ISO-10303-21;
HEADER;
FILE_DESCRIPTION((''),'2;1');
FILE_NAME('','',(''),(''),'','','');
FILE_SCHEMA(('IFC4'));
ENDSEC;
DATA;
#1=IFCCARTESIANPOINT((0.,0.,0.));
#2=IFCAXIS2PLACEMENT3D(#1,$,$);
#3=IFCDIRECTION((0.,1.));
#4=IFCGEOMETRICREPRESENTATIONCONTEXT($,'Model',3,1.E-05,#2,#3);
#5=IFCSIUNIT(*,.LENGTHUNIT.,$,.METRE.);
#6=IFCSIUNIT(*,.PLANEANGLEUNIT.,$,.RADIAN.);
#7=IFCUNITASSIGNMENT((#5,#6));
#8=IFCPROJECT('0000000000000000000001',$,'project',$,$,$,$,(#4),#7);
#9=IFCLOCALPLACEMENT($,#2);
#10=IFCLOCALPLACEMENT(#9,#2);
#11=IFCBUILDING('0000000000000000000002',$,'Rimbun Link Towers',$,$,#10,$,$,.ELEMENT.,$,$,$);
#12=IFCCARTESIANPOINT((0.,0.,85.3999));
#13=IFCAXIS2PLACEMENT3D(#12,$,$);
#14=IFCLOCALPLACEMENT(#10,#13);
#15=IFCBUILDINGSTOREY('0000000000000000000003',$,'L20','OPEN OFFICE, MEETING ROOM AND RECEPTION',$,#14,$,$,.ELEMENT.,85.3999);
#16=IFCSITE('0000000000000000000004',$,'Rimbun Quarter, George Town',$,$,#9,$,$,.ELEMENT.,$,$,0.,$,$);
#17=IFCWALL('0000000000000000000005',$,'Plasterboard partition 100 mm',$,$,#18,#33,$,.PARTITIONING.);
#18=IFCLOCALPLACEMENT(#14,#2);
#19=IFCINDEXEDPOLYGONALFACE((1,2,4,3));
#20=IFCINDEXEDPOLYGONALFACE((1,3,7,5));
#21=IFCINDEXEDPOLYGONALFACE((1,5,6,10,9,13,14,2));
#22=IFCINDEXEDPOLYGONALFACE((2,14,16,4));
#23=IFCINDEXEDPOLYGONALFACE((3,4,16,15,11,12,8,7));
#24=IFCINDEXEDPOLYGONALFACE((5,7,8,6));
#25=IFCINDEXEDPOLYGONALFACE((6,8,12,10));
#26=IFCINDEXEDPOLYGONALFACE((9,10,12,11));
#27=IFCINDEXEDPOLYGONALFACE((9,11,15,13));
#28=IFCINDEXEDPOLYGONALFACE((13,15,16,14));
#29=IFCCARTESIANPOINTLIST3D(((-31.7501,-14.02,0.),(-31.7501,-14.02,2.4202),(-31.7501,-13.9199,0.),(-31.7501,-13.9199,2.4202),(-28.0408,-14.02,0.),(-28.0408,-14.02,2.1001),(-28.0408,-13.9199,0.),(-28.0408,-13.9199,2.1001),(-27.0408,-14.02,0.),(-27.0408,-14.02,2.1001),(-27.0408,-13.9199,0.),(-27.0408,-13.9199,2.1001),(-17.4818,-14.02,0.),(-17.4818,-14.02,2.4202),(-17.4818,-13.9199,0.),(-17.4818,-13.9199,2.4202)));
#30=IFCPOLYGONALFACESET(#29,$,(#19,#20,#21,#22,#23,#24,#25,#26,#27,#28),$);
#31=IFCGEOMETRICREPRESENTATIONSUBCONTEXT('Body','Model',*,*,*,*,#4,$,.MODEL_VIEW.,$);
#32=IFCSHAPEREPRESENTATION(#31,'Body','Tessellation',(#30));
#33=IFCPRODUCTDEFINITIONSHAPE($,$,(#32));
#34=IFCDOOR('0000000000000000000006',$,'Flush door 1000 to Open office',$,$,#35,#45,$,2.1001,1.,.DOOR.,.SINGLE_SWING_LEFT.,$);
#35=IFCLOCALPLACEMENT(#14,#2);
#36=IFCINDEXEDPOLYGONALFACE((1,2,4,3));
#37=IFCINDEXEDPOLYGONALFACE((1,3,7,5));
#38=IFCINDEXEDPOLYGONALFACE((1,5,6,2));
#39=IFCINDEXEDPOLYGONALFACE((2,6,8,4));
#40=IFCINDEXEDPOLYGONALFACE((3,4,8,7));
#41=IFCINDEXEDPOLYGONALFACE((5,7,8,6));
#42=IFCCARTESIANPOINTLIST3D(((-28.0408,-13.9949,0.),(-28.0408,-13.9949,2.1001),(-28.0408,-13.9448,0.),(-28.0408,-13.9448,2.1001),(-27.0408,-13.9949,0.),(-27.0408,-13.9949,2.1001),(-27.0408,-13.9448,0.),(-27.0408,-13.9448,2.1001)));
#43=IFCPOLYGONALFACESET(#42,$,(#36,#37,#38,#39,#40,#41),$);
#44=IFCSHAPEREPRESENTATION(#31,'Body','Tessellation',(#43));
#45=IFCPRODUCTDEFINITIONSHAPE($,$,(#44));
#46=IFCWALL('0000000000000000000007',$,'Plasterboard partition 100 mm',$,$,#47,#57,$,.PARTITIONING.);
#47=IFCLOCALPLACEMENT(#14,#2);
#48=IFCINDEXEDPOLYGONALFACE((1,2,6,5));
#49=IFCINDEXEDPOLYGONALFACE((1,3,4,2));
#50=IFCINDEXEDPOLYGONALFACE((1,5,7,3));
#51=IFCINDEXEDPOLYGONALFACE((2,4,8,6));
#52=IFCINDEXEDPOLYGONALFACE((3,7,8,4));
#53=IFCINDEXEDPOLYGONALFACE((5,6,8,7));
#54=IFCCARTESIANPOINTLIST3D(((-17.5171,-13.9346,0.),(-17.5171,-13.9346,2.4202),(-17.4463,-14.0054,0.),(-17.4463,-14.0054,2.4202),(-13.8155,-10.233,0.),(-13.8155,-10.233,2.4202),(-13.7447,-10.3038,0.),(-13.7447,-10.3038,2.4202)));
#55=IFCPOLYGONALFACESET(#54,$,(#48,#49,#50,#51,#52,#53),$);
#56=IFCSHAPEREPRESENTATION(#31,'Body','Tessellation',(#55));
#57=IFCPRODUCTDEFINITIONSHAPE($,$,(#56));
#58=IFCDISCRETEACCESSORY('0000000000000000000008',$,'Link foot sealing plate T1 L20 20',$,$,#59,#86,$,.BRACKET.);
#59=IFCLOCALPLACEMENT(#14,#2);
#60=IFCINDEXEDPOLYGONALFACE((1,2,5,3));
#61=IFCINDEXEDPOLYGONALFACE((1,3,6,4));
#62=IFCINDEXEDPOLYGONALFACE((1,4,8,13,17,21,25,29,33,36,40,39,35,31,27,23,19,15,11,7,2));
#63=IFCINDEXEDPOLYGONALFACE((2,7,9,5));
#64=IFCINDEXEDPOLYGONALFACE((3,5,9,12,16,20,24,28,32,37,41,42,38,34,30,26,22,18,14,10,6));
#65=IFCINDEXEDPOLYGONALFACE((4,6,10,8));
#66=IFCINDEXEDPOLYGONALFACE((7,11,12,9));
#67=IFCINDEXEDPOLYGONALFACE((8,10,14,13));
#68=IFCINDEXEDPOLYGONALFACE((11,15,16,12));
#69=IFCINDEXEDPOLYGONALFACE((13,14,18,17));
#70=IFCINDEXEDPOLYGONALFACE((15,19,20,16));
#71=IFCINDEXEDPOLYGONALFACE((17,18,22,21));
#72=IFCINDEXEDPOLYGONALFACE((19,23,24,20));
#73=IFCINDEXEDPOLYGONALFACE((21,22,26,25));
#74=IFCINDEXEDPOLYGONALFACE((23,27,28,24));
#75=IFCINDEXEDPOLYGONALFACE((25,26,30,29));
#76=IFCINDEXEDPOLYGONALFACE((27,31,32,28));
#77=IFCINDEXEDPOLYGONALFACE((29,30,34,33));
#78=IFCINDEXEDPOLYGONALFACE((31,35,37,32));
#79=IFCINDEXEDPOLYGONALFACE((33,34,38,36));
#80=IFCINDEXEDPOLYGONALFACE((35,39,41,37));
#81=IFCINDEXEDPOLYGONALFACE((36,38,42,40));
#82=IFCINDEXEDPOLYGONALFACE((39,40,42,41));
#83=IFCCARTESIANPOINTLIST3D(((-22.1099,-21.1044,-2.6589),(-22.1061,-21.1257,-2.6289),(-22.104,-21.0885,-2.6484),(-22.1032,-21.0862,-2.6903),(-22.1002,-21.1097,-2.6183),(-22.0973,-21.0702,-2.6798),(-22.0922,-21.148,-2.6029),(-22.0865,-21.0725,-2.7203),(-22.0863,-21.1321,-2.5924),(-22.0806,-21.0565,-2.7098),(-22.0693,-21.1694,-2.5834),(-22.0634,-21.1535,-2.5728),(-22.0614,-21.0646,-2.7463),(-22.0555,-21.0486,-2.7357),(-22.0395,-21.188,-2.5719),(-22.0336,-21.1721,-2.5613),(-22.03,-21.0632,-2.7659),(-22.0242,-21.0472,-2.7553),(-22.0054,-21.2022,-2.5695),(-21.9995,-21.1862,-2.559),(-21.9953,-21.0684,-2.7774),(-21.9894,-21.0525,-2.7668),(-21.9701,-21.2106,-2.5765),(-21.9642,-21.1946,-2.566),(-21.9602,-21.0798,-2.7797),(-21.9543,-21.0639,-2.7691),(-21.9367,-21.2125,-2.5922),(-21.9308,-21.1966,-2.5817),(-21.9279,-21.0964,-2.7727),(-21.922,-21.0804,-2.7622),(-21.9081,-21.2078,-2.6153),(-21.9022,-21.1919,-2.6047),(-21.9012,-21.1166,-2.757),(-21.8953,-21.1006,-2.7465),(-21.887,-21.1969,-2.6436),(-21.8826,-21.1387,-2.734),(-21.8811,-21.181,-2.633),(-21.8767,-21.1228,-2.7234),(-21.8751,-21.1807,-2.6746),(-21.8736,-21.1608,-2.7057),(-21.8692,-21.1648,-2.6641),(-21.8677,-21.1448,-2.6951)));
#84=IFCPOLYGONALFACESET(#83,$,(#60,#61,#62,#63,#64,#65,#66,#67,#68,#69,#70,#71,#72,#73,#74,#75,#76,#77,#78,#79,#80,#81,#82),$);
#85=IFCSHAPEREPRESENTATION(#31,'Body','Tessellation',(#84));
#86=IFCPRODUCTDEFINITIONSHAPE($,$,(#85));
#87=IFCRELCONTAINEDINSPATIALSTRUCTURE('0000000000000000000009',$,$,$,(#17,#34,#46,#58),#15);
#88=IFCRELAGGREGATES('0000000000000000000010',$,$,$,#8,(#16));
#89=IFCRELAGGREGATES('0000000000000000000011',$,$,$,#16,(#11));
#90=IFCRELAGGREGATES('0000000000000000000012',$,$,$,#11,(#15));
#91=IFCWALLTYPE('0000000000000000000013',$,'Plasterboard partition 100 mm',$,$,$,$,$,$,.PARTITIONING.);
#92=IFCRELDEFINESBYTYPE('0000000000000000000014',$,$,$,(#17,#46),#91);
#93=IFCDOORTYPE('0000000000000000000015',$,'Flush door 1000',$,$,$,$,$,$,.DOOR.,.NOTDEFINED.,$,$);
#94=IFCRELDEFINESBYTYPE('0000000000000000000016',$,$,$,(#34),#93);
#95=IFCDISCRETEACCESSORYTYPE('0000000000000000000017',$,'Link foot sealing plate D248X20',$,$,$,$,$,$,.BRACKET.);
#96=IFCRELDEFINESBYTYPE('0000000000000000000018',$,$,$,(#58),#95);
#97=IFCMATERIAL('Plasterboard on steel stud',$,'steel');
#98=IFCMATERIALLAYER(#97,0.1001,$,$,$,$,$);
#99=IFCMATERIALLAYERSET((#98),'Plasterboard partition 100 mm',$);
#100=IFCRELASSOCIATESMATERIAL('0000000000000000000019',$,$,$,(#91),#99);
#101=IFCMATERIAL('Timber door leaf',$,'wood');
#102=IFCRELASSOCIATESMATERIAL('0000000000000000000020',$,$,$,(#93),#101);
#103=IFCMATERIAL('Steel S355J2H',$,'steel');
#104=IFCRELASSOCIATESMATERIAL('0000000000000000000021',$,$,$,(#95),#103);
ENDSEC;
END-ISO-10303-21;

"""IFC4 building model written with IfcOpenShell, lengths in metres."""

from ifc_helpers import new_model, si_unit, direction, frame, frame_2d, origin, origin_2d, place, context, subcontext, project, spatial, rectangle, circle, extrude, material, layer, layer_set, material_profile, profile_set, type_object, element, fill, save


model = new_model("IFC4")

# Units and contexts
model_context = context("Model", 3, precision=1e-05, world=origin(), true_north=direction((0.0, 1.0)))
body_context = subcontext(model_context, "Body", "Model", "MODEL_VIEW")
ifc_project = project(units=[si_unit("LENGTHUNIT", "METRE"), si_unit("PLANEANGLEUNIT", "RADIAN")], contexts=[model_context])

# Site, building, storey
site_placement = place(None, origin())
site = spatial("IfcSite", under=ifc_project, at=site_placement, Name="Rimbun Quarter, George Town", CompositionType="ELEMENT", RefElevation=0.0)
building_placement = place(site_placement, origin())
building = spatial("IfcBuilding", under=site, at=building_placement, Name="Rimbun Link Towers", CompositionType="ELEMENT")
storey_placement = place(building_placement, frame((0.0, 0.0, 85.3999)))
storey = spatial("IfcBuildingStorey", under=building, at=storey_placement, Name="L20", Description="OPEN OFFICE, MEETING ROOM AND RECEPTION", CompositionType="ELEMENT", Elevation=85.3999)

# Wall, opening, door
ifc_material_1 = material(Name="Plasterboard on steel stud", Category="steel")
ifc_layer_1 = layer(ifc_material_1, 0.1001)
ifc_layer_set_1 = layer_set([ifc_layer_1], Name="Plasterboard partition 100 mm")
wall_type_1 = type_object("IfcWallType", Name="Plasterboard partition 100 mm", PredefinedType="PARTITIONING", material=ifc_layer_set_1)
wall_1_placement = place(storey_placement, frame((-17.4817, -13.97, 0.0), z_axis=(0.0, 0.0, 1.0), x_axis=(-1.0, 0.0, 0.0)))
wall_1 = element("IfcWall", 1, at=wall_1_placement, inside=storey, type_object=wall_type_1, Name="Plasterboard partition 100 mm", PredefinedType="PARTITIONING", context=body_context, shape_type="SweptSolid", body=[
    extrude(rectangle(XDim=14.2683, YDim=0.1001, at=frame_2d((7.1343, 0.0))), origin(), (0.0, 0.0, 1.0), 2.4202),
])
opening_1_placement = place(wall_1_placement, frame((9.5591, 0.0, 0.0)))
opening_1 = element("IfcOpeningElement", 2, at=opening_1_placement, cuts=wall_1, PredefinedType="OPENING", context=body_context, shape_type="SweptSolid", body=[
    extrude(rectangle(XDim=1.0, YDim=2.1001, at=frame_2d((0.5, 1.05))), frame((0.0, 0.0601, 0.0), z_axis=(0.0, -1.0, 0.0), x_axis=(1.0, 0.0, 0.0)), (0.0, 0.0, 1.0), 0.1201),
])
ifc_material_2 = material(Name="Timber door leaf", Category="wood")
door_type_1 = type_object("IfcDoorType", Name="Flush door 1000", OperationType="NOTDEFINED", PredefinedType="DOOR", material=ifc_material_2)
door_1_placement = place(opening_1_placement, origin())
door_1 = element("IfcDoor", 3, at=door_1_placement, inside=storey, type_object=door_type_1, Name="Flush door 1000 to Open office", OperationType="SINGLE_SWING_LEFT", OverallHeight=2.1001, OverallWidth=1.0, PredefinedType="DOOR", context=body_context, shape_type="SweptSolid", body=[
    extrude(rectangle(XDim=1.0, YDim=2.1001, at=frame_2d((0.5, 1.05))), frame((0.0, 0.0249, 0.0), z_axis=(0.0, -1.0, 0.0), x_axis=(1.0, 0.0, 0.0)), (0.0, 0.0, 1.0), 0.05),
])
fill(opening_1, door_1)

# Wall
wall_2_placement = place(storey_placement, frame((-17.4817, -13.97, 0.0), z_axis=(0.0, 0.0, 1.0), x_axis=(0.707107, 0.707107, 0.0)))
element("IfcWall", 4, at=wall_2_placement, inside=storey, type_object=wall_type_1, Name="Plasterboard partition 100 mm", PredefinedType="PARTITIONING", context=body_context, shape_type="SweptSolid", body=[
    extrude(rectangle(XDim=5.2349, YDim=0.1001, at=frame_2d((2.6174, 0.0))), origin(), (0.0, 0.0, 1.0), 2.4202),
])

# Discrete accessory
ifc_material_3 = material(Name="Steel S355J2H", Category="steel")
ifc_material_profile_1 = material_profile(ifc_material_3, circle(Radius=0.124, at=origin_2d()), Name="PL D248")
ifc_profile_set_1 = profile_set([ifc_material_profile_1], Name="Steel S355J2H")
discrete_accessory_type = type_object("IfcDiscreteAccessoryType", Name="Link foot sealing plate D248X20", PredefinedType="BRACKET", material=ifc_profile_set_1)
discrete_accessory_placement = place(storey_placement, frame((-21.9856, -21.1218, -2.6641), z_axis=(-0.294307, -0.797081, -0.5273), x_axis=(0.938096, -0.346374, 0.0)))
element("IfcDiscreteAccessory", 5, at=discrete_accessory_placement, inside=storey, type_object=discrete_accessory_type, Name="Link foot sealing plate T1 L20 20", PredefinedType="BRACKET", context=body_context, shape_type="SweptSolid", body=[
    extrude(circle(Radius=0.124, at=origin_2d()), origin(), (0.0, 0.0, 1.0), 0.02),
])

save(model, "model.ifc")
